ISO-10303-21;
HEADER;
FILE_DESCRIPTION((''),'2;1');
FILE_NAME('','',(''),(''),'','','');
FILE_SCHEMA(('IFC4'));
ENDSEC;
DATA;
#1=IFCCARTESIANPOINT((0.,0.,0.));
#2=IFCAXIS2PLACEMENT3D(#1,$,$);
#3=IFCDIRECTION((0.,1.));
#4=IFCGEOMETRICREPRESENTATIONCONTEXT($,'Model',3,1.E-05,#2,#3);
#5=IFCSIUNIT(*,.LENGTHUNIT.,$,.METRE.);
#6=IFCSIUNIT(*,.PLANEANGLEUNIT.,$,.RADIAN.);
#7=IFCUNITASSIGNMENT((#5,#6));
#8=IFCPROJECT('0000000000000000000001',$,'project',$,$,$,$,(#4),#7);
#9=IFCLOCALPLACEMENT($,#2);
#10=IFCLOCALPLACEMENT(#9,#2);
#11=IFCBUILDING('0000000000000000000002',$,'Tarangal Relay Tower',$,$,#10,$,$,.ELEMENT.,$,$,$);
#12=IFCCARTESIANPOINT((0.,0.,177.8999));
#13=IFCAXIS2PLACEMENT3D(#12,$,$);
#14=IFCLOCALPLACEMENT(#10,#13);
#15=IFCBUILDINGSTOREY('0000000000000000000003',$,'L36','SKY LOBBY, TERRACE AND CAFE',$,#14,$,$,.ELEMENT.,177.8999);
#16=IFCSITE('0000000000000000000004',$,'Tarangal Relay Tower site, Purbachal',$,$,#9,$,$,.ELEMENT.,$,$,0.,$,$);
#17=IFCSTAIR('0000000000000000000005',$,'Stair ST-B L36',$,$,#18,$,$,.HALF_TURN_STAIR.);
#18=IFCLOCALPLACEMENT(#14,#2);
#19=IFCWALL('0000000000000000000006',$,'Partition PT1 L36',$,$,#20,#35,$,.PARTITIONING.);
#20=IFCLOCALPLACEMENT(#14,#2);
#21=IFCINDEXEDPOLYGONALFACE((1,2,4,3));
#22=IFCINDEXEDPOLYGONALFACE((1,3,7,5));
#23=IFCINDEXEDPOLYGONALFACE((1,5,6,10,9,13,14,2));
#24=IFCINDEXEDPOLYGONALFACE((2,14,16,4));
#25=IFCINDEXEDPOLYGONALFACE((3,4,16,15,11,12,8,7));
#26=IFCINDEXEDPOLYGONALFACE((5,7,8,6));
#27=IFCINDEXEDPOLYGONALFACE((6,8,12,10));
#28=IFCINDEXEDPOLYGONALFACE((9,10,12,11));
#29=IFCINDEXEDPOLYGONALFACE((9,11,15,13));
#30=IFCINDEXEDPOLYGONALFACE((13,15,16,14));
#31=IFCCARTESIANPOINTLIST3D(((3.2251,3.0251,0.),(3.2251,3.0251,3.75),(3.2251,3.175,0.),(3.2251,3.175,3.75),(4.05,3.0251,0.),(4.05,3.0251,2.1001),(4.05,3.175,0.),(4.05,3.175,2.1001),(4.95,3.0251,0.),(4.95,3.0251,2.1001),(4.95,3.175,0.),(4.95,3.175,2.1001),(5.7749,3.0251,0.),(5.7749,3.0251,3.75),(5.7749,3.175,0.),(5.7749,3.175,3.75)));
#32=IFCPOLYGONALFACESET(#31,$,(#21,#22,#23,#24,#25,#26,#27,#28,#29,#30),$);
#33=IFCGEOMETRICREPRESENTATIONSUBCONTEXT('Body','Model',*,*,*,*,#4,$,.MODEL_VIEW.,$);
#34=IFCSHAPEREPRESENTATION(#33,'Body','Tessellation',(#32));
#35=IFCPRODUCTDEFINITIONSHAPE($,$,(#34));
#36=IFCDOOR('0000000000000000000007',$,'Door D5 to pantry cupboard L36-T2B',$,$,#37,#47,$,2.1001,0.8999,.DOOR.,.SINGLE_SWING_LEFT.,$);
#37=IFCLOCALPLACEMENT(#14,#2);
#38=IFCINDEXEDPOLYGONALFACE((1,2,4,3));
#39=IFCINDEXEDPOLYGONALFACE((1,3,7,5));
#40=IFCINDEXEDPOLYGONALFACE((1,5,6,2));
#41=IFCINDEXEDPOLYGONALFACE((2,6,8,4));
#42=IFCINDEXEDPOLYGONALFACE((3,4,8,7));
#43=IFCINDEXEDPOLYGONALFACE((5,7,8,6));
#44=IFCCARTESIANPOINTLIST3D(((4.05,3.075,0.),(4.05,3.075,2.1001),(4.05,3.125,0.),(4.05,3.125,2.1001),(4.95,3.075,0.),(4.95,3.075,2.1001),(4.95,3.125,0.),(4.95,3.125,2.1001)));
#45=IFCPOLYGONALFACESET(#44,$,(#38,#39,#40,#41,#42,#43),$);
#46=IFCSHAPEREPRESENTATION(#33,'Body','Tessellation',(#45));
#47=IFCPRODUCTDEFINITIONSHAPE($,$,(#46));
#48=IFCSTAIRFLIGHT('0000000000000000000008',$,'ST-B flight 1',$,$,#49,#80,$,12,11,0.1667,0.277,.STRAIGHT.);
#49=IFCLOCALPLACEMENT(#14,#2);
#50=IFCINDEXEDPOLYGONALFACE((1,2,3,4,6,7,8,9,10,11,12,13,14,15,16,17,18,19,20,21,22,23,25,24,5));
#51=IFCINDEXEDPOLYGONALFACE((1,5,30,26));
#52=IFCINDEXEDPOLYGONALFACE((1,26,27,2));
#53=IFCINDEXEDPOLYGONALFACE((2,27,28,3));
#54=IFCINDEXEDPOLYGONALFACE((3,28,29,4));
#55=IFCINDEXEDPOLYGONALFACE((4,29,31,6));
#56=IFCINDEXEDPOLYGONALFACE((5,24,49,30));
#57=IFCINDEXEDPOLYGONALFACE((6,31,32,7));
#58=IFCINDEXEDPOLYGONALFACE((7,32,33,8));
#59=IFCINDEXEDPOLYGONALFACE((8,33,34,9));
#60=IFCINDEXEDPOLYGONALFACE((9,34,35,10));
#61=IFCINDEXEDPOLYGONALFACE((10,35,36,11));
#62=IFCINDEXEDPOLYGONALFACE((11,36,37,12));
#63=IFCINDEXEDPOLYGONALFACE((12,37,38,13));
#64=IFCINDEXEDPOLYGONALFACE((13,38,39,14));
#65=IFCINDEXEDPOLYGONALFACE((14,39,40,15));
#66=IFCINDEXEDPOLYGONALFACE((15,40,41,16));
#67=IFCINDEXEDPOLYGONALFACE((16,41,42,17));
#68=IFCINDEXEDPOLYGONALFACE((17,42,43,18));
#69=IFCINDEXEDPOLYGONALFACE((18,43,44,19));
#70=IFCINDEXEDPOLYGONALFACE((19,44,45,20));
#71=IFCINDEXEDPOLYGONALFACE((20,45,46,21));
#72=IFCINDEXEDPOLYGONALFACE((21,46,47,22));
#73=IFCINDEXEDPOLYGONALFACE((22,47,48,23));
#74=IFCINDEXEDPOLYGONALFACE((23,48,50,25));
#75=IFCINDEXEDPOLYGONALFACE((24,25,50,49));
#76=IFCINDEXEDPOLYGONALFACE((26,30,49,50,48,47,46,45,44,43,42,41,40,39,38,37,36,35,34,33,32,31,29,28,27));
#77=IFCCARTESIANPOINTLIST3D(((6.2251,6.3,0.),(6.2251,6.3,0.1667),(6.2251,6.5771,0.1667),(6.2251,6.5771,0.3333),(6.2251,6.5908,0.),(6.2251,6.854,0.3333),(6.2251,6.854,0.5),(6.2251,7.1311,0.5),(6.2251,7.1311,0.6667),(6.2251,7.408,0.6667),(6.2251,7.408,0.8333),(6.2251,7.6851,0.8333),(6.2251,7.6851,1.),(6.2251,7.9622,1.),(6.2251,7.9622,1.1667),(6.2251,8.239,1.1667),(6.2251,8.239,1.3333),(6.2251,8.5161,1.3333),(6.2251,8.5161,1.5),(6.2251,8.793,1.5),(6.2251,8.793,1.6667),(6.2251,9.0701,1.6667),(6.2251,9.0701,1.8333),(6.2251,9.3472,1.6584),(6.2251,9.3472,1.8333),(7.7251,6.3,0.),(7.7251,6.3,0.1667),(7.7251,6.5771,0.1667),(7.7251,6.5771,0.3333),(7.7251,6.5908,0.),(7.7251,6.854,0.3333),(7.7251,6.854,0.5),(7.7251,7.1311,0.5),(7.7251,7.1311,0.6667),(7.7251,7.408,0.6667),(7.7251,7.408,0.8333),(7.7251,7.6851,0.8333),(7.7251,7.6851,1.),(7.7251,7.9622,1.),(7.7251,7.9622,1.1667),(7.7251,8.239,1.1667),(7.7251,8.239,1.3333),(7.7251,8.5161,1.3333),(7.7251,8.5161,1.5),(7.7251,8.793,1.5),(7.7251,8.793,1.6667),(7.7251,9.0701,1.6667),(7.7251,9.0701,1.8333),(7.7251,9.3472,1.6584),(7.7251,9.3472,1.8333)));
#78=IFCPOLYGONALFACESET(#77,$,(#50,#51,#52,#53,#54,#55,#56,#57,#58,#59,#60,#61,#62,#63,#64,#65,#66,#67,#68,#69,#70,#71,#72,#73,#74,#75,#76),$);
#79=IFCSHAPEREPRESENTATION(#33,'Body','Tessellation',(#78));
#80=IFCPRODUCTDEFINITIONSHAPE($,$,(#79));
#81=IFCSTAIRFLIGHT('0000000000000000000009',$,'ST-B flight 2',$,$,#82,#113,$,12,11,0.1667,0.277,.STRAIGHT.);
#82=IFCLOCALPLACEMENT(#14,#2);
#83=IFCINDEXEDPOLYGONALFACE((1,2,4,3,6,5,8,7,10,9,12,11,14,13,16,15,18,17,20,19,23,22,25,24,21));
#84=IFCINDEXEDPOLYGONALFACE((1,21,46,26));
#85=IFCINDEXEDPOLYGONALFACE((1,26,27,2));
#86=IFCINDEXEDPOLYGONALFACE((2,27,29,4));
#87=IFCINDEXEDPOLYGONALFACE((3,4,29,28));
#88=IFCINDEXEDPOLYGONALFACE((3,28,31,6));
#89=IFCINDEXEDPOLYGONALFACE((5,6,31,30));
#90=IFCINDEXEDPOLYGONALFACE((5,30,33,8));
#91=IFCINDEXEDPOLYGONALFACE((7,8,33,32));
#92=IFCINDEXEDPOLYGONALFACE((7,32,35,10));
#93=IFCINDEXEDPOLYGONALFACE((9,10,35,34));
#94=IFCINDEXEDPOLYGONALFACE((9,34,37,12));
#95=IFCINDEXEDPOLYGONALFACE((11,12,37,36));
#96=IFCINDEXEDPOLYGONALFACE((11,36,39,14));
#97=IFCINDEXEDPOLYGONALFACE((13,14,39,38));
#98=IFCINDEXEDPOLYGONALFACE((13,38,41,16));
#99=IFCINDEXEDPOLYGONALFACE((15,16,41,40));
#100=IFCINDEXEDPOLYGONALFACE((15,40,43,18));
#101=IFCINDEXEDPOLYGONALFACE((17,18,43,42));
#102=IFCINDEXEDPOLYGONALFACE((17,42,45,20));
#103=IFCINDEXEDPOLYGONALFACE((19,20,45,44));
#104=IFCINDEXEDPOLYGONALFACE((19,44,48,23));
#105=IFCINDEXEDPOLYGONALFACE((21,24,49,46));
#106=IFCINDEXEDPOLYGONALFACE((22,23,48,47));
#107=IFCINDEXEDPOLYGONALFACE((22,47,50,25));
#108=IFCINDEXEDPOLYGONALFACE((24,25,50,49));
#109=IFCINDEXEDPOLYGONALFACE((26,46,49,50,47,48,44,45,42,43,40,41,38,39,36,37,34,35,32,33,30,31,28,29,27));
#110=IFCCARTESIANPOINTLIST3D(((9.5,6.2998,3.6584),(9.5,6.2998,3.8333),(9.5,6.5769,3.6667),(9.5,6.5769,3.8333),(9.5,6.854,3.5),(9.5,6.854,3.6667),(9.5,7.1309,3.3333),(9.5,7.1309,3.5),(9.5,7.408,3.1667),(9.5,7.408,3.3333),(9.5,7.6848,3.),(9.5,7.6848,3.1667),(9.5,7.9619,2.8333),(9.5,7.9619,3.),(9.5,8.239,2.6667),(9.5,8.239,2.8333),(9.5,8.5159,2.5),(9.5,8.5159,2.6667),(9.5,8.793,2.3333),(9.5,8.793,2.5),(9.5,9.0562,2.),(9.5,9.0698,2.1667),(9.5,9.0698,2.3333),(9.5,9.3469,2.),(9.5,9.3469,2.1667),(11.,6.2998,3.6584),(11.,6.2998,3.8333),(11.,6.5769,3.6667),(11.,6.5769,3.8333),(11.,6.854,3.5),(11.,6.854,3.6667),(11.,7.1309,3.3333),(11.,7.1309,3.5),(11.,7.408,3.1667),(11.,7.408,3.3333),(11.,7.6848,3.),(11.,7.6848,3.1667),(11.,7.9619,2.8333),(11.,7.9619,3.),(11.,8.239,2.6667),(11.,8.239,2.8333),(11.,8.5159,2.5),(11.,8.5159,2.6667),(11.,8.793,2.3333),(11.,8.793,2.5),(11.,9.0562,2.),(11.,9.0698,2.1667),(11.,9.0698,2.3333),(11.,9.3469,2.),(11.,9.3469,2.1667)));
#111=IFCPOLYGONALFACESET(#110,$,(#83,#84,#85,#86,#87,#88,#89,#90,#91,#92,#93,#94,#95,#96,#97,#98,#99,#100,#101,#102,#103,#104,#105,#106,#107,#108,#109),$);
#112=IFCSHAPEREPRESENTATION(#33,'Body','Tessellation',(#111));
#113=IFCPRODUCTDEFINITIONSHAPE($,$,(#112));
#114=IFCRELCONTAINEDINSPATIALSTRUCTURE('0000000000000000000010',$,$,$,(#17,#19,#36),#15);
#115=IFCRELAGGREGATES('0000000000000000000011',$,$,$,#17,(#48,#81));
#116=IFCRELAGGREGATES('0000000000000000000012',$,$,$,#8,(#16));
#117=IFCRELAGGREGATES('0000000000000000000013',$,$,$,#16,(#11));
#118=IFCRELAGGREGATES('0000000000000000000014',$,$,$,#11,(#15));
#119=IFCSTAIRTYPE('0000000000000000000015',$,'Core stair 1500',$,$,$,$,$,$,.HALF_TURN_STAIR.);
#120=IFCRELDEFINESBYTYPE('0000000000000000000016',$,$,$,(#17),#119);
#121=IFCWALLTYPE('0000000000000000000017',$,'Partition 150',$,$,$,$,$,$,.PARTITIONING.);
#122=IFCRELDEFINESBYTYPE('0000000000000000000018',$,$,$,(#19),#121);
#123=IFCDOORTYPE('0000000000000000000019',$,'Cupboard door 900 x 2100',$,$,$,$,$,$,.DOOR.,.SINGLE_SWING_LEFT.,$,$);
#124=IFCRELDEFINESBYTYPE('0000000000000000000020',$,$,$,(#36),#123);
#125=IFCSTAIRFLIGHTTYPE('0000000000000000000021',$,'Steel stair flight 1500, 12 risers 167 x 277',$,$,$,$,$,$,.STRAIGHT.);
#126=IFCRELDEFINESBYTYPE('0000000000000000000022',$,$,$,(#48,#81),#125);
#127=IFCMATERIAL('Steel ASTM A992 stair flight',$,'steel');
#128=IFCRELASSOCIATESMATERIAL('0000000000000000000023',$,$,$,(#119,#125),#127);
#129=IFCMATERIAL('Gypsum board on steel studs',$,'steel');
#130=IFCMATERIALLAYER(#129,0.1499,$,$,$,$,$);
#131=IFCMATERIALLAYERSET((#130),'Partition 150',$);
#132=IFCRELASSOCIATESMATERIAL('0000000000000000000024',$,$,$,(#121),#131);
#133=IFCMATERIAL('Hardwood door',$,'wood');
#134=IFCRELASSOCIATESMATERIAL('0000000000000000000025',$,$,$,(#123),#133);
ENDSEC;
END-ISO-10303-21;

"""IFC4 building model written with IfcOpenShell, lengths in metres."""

from ifc_helpers import new_model, si_unit, direction, frame, frame_2d, origin, place, context, subcontext, project, spatial, polyline, rectangle, outline, extrude, material, layer, layer_set, type_object, element, fill, aggregate, save


model = new_model("IFC4")

# Units and contexts
model_context = context("Model", 3, precision=1e-05, world=origin(), true_north=direction((0.0, 1.0)))
body_context = subcontext(model_context, "Body", "Model", "MODEL_VIEW")
ifc_project = project(units=[si_unit("LENGTHUNIT", "METRE"), si_unit("PLANEANGLEUNIT", "RADIAN")], contexts=[model_context])

# Site, building, storey
site_placement = place(None, origin())
site = spatial("IfcSite", under=ifc_project, at=site_placement, Name="Tarangal Relay Tower site, Purbachal", CompositionType="ELEMENT", RefElevation=0.0)
building_placement = place(site_placement, origin())
building = spatial("IfcBuilding", under=site, at=building_placement, Name="Tarangal Relay Tower", CompositionType="ELEMENT")
storey_placement = place(building_placement, frame((0.0, 0.0, 177.8999)))
storey = spatial("IfcBuildingStorey", under=building, at=storey_placement, Name="L36", Description="SKY LOBBY, TERRACE AND CAFE", CompositionType="ELEMENT", Elevation=177.8999)

# Stair
ifc_material_1 = material(Name="Steel ASTM A992 stair flight", Category="steel")
stair_type = type_object("IfcStairType", Name="Core stair 1500", PredefinedType="HALF_TURN_STAIR", material=ifc_material_1)
stair_1_placement = place(storey_placement, origin())
stair_1 = element("IfcStair", 1, at=stair_1_placement, inside=storey, type_object=stair_type, Name="Stair ST-B L36", PredefinedType="HALF_TURN_STAIR")

# Wall, opening, door
ifc_material_2 = material(Name="Gypsum board on steel studs", Category="steel")
ifc_layer_1 = layer(ifc_material_2, 0.1499)
ifc_layer_set_1 = layer_set([ifc_layer_1], Name="Partition 150")
wall_type_1 = type_object("IfcWallType", Name="Partition 150", PredefinedType="PARTITIONING", material=ifc_layer_set_1)
wall_1_placement = place(storey_placement, frame((3.2251, 3.1001, 0.0), z_axis=(0.0, 0.0, 1.0), x_axis=(1.0, 0.0, 0.0)))
wall_1 = element("IfcWall", 2, at=wall_1_placement, inside=storey, type_object=wall_type_1, Name="Partition PT1 L36", PredefinedType="PARTITIONING", context=body_context, shape_type="SweptSolid", body=[
    extrude(rectangle(XDim=2.5498, YDim=0.1499, at=frame_2d((1.2749, 0.0))), origin(), (0.0, 0.0, 1.0), 3.75),
])
opening_1_placement = place(wall_1_placement, frame((0.825, 0.0, 0.0)))
opening_1 = element("IfcOpeningElement", 3, at=opening_1_placement, cuts=wall_1, PredefinedType="OPENING", context=body_context, shape_type="SweptSolid", body=[
    extrude(rectangle(XDim=0.8999, YDim=2.1001, at=frame_2d((0.45, 1.05))), frame((0.0, 0.085, 0.0), z_axis=(0.0, -1.0, 0.0), x_axis=(1.0, 0.0, 0.0)), (0.0, 0.0, 1.0), 0.1699),
])
ifc_material_3 = material(Name="Hardwood door", Category="wood")
door_type_1 = type_object("IfcDoorType", Name="Cupboard door 900 x 2100", OperationType="SINGLE_SWING_LEFT", PredefinedType="DOOR", material=ifc_material_3)
door_1_placement = place(opening_1_placement, origin())
door_1 = element("IfcDoor", 4, at=door_1_placement, inside=storey, type_object=door_type_1, Name="Door D5 to pantry cupboard L36-T2B", OperationType="SINGLE_SWING_LEFT", OverallHeight=2.1001, OverallWidth=0.8999, PredefinedType="DOOR", context=body_context, shape_type="SweptSolid", body=[
    extrude(rectangle(XDim=0.8999, YDim=2.1001, at=frame_2d((0.45, 1.05))), frame((0.0, 0.0249, 0.0), z_axis=(0.0, -1.0, 0.0), x_axis=(1.0, 0.0, 0.0)), (0.0, 0.0, 1.0), 0.05),
])
fill(opening_1, door_1)

# Stair flights
stair_flight_type = type_object("IfcStairFlightType", Name="Steel stair flight 1500, 12 risers 167 x 277", PredefinedType="STRAIGHT", material=ifc_material_1)
stair_flight_1_placement = place(storey_placement, frame((6.9751, 6.3, 0.0), z_axis=(0.0, 0.0, 1.0), x_axis=(0.0, 1.0, 0.0)))
stair_flight_1 = element("IfcStairFlight", 5, at=stair_flight_1_placement, type_object=stair_flight_type, Name="ST-B flight 1", NumberOfRisers=12, NumberOfTreads=11, PredefinedType="STRAIGHT", RiserHeight=0.1667, TreadLength=0.277, context=body_context, shape_type="SweptSolid", body=[
    extrude(outline(polyline([(0.0, 0.0), (0.0, 0.1667), (0.2771, 0.1667), (0.2771, 0.3333), (0.554, 0.3333), (0.554, 0.5), (0.8311, 0.5), (0.8311, 0.6667), (1.1079, 0.6667), (1.1079, 0.8333), (1.385, 0.8333), (1.385, 1.0), (1.6621, 1.0), (1.6621, 1.1667), (1.939, 1.1667), (1.939, 1.3333), (2.2161, 1.3333), (2.2161, 1.5), (2.4929, 1.5), (2.4929, 1.6667), (2.77, 1.6667), (2.77, 1.8333), (3.0471, 1.8333), (3.0471, 2.0), (3.0471, 1.6584), (0.2908, 0.0), (0.0, 0.0)])), frame((0.0, 0.75, 0.0), z_axis=(0.0, -1.0, 0.0), x_axis=(1.0, 0.0, 0.0)), (0.0, 0.0, 1.0), 1.5),
])
stair_flight_2_placement = place(storey_placement, frame((10.25, 9.3469, 2.0), z_axis=(0.0, 0.0, 1.0), x_axis=(0.0, -1.0, 0.0)))
stair_flight_2 = element("IfcStairFlight", 6, at=stair_flight_2_placement, type_object=stair_flight_type, Name="ST-B flight 2", NumberOfRisers=12, NumberOfTreads=11, PredefinedType="STRAIGHT", RiserHeight=0.1667, TreadLength=0.277, context=body_context, shape_type="SweptSolid", body=[
    extrude(outline(polyline([(0.0, 0.0), (0.0, 0.1667), (0.2771, 0.1667), (0.2771, 0.3333), (0.554, 0.3333), (0.554, 0.5), (0.8311, 0.5), (0.8311, 0.6667), (1.1079, 0.6667), (1.1079, 0.8333), (1.385, 0.8333), (1.385, 1.0), (1.6621, 1.0), (1.6621, 1.1667), (1.939, 1.1667), (1.939, 1.3333), (2.2161, 1.3333), (2.2161, 1.5), (2.4929, 1.5), (2.4929, 1.6667), (2.77, 1.6667), (2.77, 1.8333), (3.0471, 1.8333), (3.0471, 2.0), (3.0471, 1.6584), (0.2908, 0.0), (0.0, 0.0)])), frame((0.0, 0.75, 0.0), z_axis=(0.0, -1.0, 0.0), x_axis=(1.0, 0.0, 0.0)), (0.0, 0.0, 1.0), 1.5),
])
aggregate(stair_1, [stair_flight_1, stair_flight_2])

save(model, "model.ifc")
